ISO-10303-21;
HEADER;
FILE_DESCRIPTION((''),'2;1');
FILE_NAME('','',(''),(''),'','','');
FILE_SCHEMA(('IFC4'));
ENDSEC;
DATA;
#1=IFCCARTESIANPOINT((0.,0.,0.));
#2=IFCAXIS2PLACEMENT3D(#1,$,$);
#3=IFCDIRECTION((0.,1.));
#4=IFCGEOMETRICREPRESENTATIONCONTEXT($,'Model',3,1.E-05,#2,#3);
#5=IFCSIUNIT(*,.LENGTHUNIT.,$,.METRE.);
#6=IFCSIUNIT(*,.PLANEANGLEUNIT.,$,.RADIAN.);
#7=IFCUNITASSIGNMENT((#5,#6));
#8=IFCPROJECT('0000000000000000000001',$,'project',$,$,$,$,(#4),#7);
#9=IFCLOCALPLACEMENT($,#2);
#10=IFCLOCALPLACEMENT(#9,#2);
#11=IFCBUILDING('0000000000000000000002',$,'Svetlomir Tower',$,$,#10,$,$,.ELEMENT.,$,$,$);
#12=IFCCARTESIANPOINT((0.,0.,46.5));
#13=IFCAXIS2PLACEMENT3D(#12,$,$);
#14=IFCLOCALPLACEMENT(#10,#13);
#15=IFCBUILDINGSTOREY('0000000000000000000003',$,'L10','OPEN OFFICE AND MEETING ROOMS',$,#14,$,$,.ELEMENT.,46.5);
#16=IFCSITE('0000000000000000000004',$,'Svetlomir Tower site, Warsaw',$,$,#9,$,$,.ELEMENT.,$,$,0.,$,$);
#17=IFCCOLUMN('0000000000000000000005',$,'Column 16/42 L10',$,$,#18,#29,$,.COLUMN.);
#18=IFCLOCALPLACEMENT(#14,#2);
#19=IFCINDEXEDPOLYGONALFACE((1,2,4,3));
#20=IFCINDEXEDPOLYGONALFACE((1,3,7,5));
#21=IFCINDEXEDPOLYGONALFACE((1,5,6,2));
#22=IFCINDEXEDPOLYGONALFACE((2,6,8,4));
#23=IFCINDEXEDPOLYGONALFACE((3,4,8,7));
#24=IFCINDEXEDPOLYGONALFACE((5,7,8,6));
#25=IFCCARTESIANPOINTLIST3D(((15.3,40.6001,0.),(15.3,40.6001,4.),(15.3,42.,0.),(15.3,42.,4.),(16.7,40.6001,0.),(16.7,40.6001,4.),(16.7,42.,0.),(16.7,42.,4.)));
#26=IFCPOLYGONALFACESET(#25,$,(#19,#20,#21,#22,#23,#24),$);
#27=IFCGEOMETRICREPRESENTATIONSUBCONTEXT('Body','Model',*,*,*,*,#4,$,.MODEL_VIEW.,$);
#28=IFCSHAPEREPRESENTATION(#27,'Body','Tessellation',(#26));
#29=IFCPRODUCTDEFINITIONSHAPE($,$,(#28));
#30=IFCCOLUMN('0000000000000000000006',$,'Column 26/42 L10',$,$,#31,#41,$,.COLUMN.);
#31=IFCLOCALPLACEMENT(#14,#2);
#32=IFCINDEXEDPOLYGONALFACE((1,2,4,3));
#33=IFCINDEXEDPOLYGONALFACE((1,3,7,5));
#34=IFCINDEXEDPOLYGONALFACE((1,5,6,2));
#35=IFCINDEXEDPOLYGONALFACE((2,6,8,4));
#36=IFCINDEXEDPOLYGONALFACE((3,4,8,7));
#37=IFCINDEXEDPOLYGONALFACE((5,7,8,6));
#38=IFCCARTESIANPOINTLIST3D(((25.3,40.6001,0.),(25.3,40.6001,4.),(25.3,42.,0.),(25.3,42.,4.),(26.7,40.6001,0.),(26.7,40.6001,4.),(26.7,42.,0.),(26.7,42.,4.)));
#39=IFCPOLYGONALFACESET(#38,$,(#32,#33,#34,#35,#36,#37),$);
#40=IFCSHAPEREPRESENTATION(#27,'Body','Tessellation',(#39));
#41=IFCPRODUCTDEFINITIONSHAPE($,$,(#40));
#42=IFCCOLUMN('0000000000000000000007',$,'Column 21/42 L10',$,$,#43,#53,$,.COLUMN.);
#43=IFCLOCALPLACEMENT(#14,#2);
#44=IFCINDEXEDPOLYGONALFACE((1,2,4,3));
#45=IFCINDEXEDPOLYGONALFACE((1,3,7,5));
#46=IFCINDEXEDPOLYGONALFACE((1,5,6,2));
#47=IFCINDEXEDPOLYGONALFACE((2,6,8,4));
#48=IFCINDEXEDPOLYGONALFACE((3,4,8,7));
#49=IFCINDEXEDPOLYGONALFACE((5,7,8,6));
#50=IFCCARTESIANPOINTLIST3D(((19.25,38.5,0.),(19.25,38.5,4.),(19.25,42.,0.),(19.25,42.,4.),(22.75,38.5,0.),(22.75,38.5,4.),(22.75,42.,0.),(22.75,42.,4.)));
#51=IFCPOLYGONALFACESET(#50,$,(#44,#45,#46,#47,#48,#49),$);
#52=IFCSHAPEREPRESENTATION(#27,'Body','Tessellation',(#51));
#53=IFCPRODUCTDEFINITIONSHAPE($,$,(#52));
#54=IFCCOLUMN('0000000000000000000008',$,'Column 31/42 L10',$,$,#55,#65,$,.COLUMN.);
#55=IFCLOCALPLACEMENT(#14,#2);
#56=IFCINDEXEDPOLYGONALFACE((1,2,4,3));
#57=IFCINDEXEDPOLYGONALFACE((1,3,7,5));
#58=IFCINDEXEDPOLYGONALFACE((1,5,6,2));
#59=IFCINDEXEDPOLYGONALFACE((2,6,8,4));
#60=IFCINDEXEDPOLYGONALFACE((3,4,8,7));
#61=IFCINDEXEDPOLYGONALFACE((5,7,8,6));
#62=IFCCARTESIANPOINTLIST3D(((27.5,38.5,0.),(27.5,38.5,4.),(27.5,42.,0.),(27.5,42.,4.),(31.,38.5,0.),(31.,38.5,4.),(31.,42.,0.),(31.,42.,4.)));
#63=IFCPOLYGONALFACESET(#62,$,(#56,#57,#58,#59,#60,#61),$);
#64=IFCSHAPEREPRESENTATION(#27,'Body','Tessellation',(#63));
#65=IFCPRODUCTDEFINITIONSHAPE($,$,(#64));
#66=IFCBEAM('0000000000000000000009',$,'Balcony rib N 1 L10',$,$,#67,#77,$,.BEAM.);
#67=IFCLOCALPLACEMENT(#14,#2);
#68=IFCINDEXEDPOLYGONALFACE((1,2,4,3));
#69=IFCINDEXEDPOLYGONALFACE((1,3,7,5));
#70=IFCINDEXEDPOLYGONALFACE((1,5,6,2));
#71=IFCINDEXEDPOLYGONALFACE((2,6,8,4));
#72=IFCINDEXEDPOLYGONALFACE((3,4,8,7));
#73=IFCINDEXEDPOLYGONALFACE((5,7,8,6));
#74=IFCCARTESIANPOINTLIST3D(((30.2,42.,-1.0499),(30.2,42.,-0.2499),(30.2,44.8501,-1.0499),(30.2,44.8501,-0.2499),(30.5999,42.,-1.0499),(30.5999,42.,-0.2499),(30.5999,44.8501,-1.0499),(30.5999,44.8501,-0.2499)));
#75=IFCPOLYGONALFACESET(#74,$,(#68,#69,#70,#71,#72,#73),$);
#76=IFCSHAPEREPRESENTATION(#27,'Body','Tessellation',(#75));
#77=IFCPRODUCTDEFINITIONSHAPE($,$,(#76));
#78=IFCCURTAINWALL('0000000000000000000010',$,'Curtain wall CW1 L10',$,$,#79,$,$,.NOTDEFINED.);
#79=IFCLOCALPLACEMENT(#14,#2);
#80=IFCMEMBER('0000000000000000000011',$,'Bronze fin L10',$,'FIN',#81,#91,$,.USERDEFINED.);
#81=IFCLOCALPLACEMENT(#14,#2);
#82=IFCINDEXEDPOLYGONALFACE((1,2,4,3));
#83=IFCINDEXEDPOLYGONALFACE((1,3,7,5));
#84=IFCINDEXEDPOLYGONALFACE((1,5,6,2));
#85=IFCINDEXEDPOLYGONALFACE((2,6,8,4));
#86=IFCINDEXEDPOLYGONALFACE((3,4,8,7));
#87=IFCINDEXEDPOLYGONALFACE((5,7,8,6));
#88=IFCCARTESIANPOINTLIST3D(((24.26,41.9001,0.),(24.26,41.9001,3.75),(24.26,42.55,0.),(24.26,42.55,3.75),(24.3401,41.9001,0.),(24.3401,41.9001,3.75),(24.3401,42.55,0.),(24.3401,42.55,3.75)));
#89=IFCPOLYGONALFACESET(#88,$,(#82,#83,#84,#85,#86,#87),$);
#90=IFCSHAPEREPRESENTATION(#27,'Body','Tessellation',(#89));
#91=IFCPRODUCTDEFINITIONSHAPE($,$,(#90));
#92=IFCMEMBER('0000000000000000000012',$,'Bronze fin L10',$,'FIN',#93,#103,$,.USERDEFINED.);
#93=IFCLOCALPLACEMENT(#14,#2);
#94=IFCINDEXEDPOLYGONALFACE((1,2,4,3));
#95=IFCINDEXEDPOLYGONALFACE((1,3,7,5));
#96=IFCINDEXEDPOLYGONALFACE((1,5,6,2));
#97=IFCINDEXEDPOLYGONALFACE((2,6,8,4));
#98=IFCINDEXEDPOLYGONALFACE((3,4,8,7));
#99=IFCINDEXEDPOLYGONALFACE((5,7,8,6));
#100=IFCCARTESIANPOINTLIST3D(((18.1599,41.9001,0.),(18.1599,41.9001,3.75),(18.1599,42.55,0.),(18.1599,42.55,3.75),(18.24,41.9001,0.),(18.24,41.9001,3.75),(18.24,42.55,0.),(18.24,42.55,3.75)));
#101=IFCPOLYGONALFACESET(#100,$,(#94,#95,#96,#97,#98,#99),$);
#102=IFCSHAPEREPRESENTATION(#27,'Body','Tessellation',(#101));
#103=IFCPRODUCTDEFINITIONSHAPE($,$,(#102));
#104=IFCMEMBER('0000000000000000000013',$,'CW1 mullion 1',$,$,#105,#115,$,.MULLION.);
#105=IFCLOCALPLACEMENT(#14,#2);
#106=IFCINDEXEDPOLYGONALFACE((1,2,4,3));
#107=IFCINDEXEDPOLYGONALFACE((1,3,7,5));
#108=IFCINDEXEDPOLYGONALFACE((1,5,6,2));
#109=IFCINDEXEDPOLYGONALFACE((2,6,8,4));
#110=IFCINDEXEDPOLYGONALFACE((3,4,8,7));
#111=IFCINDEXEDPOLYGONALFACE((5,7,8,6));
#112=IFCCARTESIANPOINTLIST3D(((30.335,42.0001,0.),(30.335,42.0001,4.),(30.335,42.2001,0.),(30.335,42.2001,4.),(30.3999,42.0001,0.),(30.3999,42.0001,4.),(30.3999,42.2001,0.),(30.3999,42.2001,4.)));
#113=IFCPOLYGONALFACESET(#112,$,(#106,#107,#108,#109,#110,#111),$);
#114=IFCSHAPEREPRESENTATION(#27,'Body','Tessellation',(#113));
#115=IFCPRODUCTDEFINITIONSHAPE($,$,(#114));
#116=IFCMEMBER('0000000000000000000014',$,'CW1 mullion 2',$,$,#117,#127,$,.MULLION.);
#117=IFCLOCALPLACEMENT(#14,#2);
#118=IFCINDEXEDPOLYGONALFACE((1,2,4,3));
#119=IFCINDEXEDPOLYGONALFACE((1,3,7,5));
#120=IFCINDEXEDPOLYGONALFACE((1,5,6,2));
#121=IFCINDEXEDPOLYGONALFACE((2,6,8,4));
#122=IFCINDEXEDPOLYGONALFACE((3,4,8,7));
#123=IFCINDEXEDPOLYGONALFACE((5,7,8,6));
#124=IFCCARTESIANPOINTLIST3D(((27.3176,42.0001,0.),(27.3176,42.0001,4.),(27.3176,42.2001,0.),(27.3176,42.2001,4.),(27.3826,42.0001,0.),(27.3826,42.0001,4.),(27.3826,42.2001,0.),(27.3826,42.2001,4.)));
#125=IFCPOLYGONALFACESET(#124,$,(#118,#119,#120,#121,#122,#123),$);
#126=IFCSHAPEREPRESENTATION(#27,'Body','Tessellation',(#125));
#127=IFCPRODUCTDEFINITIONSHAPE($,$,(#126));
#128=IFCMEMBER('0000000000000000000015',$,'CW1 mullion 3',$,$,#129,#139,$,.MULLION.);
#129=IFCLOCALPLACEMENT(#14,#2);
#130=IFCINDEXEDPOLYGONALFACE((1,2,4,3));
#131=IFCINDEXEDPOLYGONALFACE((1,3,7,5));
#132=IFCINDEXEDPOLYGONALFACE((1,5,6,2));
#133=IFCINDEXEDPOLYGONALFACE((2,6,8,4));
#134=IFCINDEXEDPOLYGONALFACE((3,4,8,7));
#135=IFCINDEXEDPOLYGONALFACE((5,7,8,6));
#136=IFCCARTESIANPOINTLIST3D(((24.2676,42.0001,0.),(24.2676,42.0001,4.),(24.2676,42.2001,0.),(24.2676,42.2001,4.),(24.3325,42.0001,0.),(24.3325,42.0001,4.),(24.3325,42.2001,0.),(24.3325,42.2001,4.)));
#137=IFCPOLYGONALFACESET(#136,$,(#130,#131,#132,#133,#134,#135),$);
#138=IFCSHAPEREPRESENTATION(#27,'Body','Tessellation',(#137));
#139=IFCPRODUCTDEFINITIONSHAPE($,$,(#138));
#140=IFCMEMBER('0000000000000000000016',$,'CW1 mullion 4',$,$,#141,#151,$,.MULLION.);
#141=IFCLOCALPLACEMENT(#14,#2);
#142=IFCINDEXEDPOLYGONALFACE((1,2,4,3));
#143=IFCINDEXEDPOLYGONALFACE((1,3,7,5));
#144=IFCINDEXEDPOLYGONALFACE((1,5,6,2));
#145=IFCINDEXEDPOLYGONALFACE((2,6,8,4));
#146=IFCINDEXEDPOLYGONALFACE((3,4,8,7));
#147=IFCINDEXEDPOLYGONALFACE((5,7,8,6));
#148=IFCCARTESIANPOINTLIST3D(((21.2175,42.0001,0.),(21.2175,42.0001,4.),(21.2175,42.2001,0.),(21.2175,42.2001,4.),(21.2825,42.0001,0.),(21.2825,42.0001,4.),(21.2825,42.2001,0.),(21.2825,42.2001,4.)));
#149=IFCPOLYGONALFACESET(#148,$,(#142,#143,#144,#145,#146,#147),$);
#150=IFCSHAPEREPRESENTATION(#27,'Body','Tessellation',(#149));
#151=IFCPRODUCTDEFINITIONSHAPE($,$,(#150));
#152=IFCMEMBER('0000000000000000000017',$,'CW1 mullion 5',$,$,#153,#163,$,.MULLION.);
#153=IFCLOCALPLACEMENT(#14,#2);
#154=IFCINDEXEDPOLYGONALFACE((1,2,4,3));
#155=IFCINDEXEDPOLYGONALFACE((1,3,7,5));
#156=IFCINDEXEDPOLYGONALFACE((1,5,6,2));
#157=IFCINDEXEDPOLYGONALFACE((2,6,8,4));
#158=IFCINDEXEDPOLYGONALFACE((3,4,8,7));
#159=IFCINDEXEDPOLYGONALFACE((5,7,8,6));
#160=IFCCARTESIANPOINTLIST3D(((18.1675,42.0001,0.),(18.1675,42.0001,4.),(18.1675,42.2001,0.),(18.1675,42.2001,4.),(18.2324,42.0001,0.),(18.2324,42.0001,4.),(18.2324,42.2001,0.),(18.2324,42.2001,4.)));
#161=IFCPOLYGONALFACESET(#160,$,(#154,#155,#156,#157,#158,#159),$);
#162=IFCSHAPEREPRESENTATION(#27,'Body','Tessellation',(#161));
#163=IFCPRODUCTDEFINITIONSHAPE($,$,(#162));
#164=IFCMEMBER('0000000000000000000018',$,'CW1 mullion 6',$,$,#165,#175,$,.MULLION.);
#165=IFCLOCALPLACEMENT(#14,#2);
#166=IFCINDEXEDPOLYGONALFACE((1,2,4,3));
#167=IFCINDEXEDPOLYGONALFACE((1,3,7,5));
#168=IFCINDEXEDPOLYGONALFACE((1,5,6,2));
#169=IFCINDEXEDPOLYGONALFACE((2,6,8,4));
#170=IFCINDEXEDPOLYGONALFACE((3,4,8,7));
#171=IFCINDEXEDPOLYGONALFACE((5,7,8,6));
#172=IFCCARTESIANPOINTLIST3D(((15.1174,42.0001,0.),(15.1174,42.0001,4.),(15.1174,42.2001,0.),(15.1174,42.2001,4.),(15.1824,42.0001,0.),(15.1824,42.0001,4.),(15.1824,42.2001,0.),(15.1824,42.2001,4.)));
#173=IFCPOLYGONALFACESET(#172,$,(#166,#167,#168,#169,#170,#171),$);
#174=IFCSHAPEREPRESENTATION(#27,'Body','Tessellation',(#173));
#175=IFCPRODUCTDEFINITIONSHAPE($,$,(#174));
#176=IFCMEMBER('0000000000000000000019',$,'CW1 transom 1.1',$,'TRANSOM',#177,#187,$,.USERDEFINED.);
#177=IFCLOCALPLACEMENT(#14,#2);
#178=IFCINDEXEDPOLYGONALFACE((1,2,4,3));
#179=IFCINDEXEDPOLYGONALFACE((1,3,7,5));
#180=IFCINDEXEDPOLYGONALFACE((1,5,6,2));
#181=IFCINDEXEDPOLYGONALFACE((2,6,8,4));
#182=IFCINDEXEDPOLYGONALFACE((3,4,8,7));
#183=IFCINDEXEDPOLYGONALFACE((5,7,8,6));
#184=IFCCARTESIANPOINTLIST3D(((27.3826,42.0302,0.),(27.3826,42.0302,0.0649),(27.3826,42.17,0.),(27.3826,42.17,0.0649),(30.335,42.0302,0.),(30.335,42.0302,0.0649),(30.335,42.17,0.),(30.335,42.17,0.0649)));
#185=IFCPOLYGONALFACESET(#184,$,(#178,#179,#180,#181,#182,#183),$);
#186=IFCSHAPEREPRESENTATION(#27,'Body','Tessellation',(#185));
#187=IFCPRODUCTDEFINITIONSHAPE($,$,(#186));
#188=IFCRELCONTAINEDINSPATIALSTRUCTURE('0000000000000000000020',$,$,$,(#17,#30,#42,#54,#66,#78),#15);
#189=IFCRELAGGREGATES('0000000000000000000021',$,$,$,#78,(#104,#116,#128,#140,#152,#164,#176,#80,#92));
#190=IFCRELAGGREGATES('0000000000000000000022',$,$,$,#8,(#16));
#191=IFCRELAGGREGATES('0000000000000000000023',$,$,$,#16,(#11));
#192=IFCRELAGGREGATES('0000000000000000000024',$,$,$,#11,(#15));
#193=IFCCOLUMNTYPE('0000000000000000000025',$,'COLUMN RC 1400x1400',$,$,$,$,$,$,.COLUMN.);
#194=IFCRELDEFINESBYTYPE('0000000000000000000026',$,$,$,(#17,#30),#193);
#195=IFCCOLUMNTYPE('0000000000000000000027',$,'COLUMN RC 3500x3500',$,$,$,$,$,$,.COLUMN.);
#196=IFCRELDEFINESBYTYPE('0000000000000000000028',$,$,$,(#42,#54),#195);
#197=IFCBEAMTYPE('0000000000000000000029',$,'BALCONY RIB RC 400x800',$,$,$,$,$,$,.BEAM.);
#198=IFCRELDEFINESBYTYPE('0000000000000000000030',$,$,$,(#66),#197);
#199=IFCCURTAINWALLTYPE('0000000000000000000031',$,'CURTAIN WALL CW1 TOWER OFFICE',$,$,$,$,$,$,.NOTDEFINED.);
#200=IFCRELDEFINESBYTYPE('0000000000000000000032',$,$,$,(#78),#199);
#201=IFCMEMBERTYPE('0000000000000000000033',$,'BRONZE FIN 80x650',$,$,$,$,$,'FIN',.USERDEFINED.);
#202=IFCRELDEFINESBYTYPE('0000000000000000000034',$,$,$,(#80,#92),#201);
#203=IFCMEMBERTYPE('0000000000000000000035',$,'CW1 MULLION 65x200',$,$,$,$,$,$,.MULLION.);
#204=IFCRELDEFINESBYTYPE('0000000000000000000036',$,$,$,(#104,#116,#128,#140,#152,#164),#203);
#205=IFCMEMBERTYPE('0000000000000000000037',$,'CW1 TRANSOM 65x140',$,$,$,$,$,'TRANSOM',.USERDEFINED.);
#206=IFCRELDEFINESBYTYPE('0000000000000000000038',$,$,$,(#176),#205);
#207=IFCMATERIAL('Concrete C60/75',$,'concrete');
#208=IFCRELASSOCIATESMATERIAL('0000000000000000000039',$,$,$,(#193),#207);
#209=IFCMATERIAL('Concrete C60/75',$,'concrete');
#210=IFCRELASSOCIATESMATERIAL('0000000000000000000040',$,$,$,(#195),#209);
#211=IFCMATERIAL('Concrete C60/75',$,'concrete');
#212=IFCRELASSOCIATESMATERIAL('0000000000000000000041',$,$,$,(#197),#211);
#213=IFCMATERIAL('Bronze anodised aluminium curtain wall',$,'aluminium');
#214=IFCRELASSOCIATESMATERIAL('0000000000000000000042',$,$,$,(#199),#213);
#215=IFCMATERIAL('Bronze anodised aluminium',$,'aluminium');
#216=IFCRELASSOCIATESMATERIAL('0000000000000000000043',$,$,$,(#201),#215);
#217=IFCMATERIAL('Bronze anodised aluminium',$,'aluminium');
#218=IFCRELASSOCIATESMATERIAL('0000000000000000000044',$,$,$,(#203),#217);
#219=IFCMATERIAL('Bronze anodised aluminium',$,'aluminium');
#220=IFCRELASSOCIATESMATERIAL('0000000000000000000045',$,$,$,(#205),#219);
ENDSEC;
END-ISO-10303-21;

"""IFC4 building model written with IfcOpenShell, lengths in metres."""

from ifc_helpers import new_model, si_unit, direction, frame, origin, origin_2d, place, context, subcontext, project, spatial, rectangle, extrude, material, material_profile, profile_set, type_object, element, aggregate, save


model = new_model("IFC4")

# Units and contexts
model_context = context("Model", 3, precision=1e-05, world=origin(), true_north=direction((0.0, 1.0)))
body_context = subcontext(model_context, "Body", "Model", "MODEL_VIEW")
ifc_project = project(units=[si_unit("LENGTHUNIT", "METRE"), si_unit("PLANEANGLEUNIT", "RADIAN")], contexts=[model_context])

# Site, building, storey
site_placement = place(None, origin())
site = spatial("IfcSite", under=ifc_project, at=site_placement, Name="Svetlomir Tower site, Warsaw", CompositionType="ELEMENT", RefElevation=0.0)
building_placement = place(site_placement, origin())
building = spatial("IfcBuilding", under=site, at=building_placement, Name="Svetlomir Tower", CompositionType="ELEMENT")
storey_placement = place(building_placement, frame((0.0, 0.0, 46.5)))
storey = spatial("IfcBuildingStorey", under=building, at=storey_placement, Name="L10", Description="OPEN OFFICE AND MEETING ROOMS", CompositionType="ELEMENT", Elevation=46.5)

# Columns
ifc_material_1 = material(Name="Concrete C60/75", Category="concrete")
ifc_material_profile_1 = material_profile(ifc_material_1, rectangle(XDim=1.3999, YDim=1.3999, at=origin_2d()), Name="RC 1400x1400")
ifc_profile_set_1 = profile_set([ifc_material_profile_1], Name="Concrete C60/75")
column_type_1 = type_object("IfcColumnType", Name="COLUMN RC 1400x1400", PredefinedType="COLUMN", material=ifc_profile_set_1)
for number, where, z_axis, x_axis, name in (
    (1, (16.0, 41.3, 0.0), (0.0, 0.0, 1.0), (1.0, 0.0, 0.0), "Column 16/42 L10"),
    (2, (26.0, 41.3, 0.0), (0.0, 0.0, 1.0), (1.0, 0.0, 0.0), "Column 26/42 L10"),
):
    element("IfcColumn", number, at=place(storey_placement, frame(where, z_axis=z_axis, x_axis=x_axis)), inside=storey, type_object=column_type_1, Name=name, PredefinedType="COLUMN", context=body_context, shape_type="SweptSolid", body=[
        extrude(rectangle(XDim=1.3999, YDim=1.3999, at=origin_2d()), origin(), (0.0, 0.0, 1.0), 4.0),
    ])
ifc_material_2 = material(Name="Concrete C60/75", Category="concrete")
ifc_material_profile_2 = material_profile(ifc_material_2, rectangle(XDim=3.5, YDim=3.5, at=origin_2d()), Name="RC 3500x3500")
ifc_profile_set_2 = profile_set([ifc_material_profile_2], Name="Concrete C60/75")
column_type_2 = type_object("IfcColumnType", Name="COLUMN RC 3500x3500", PredefinedType="COLUMN", material=ifc_profile_set_2)
for number, where, z_axis, x_axis, name in (
    (3, (21.0, 40.25, 0.0), (0.0, 0.0, 1.0), (1.0, 0.0, 0.0), "Column 21/42 L10"),
    (4, (29.25, 40.25, 0.0), (0.0, 0.0, 1.0), (1.0, 0.0, 0.0), "Column 31/42 L10"),
):
    element("IfcColumn", number, at=place(storey_placement, frame(where, z_axis=z_axis, x_axis=x_axis)), inside=storey, type_object=column_type_2, Name=name, PredefinedType="COLUMN", context=body_context, shape_type="SweptSolid", body=[
        extrude(rectangle(XDim=3.5, YDim=3.5, at=origin_2d()), origin(), (0.0, 0.0, 1.0), 4.0),
    ])

# Beam
ifc_material_3 = material(Name="Concrete C60/75", Category="concrete")
ifc_material_profile_3 = material_profile(ifc_material_3, rectangle(XDim=0.3999, YDim=0.8, at=origin_2d()), Name="RC 400x800")
ifc_profile_set_3 = profile_set([ifc_material_profile_3], Name="Concrete C60/75")
beam_type_1 = type_object("IfcBeamType", Name="BALCONY RIB RC 400x800", PredefinedType="BEAM", material=ifc_profile_set_3)
beam_1_placement = place(storey_placement, frame((30.3999, 42.0, -0.6499), z_axis=(0.0, 1.0, 0.0), x_axis=(-1.0, 0.0, 0.0)))
element("IfcBeam", 5, at=beam_1_placement, inside=storey, type_object=beam_type_1, Name="Balcony rib N 1 L10", PredefinedType="BEAM", context=body_context, shape_type="SweptSolid", body=[
    extrude(rectangle(XDim=0.3999, YDim=0.8, at=origin_2d()), origin(), (0.0, 0.0, 1.0), 2.8501),
])

# Curtain wall, members
ifc_material_4 = material(Name="Bronze anodised aluminium curtain wall", Category="aluminium")
curtain_wall_type = type_object("IfcCurtainWallType", Name="CURTAIN WALL CW1 TOWER OFFICE", PredefinedType="NOTDEFINED", material=ifc_material_4)
curtain_wall_placement = place(storey_placement, origin())
curtain_wall = element("IfcCurtainWall", 6, at=curtain_wall_placement, inside=storey, type_object=curtain_wall_type, Name="Curtain wall CW1 L10", PredefinedType="NOTDEFINED")
ifc_material_5 = material(Name="Bronze anodised aluminium", Category="aluminium")
ifc_material_profile_4 = material_profile(ifc_material_5, rectangle(XDim=0.0801, YDim=0.6499, at=origin_2d()), Name="FIN 80x650")
ifc_profile_set_4 = profile_set([ifc_material_profile_4], Name="Bronze anodised aluminium 6063-T6")
member_type_1 = type_object("IfcMemberType", Name="BRONZE FIN 80x650", ElementType="FIN", PredefinedType="USERDEFINED", material=ifc_profile_set_4)
member_1_placement = place(storey_placement, frame((24.3, 42.2251, 0.0), z_axis=(0.0, 0.0, 1.0), x_axis=(1.0, 0.0, 0.0)))
member_1 = element("IfcMember", 7, at=member_1_placement, type_object=member_type_1, Name="Bronze fin L10", ObjectType="FIN", PredefinedType="USERDEFINED", context=body_context, shape_type="SweptSolid", body=[
    extrude(rectangle(XDim=0.0801, YDim=0.6499, at=origin_2d()), origin(), (0.0, 0.0, 1.0), 3.75),
])
member_2_placement = place(storey_placement, frame((18.2, 42.2251, 0.0), z_axis=(0.0, 0.0, 1.0), x_axis=(1.0, 0.0, 0.0)))
member_2 = element("IfcMember", 8, at=member_2_placement, type_object=member_type_1, Name="Bronze fin L10", ObjectType="FIN", PredefinedType="USERDEFINED", context=body_context, shape_type="SweptSolid", body=[
    extrude(rectangle(XDim=0.0801, YDim=0.6499, at=origin_2d()), origin(), (0.0, 0.0, 1.0), 3.75),
])
ifc_material_6 = material(Name="Bronze anodised aluminium", Category="aluminium")
ifc_material_profile_5 = material_profile(ifc_material_6, rectangle(XDim=0.0649, YDim=0.2, at=origin_2d()), Name="AL 65x200")
ifc_profile_set_5 = profile_set([ifc_material_profile_5], Name="Bronze anodised aluminium 6063-T6")
member_type_2 = type_object("IfcMemberType", Name="CW1 MULLION 65x200", PredefinedType="MULLION", material=ifc_profile_set_5)
member_3_placement = place(storey_placement, frame((30.3674, 42.1001, 0.0), z_axis=(0.0, 0.0, 1.0), x_axis=(-1.0, 0.0, 0.0)))
member_3 = element("IfcMember", 9, at=member_3_placement, type_object=member_type_2, Name="CW1 mullion 1", PredefinedType="MULLION", context=body_context, shape_type="SweptSolid", body=[
    extrude(rectangle(XDim=0.0649, YDim=0.2, at=origin_2d()), origin(), (0.0, 0.0, 1.0), 4.0),
])
member_4_placement = place(storey_placement, frame((27.3501, 42.1001, 0.0), z_axis=(0.0, 0.0, 1.0), x_axis=(-1.0, 0.0, 0.0)))
member_4 = element("IfcMember", 10, at=member_4_placement, type_object=member_type_2, Name="CW1 mullion 2", PredefinedType="MULLION", context=body_context, shape_type="SweptSolid", body=[
    extrude(rectangle(XDim=0.0649, YDim=0.2, at=origin_2d()), origin(), (0.0, 0.0, 1.0), 4.0),
])
member_5_placement = place(storey_placement, frame((24.3, 42.1001, 0.0), z_axis=(0.0, 0.0, 1.0), x_axis=(-1.0, 0.0, 0.0)))
member_5 = element("IfcMember", 11, at=member_5_placement, type_object=member_type_2, Name="CW1 mullion 3", PredefinedType="MULLION", context=body_context, shape_type="SweptSolid", body=[
    extrude(rectangle(XDim=0.0649, YDim=0.2, at=origin_2d()), origin(), (0.0, 0.0, 1.0), 4.0),
])
member_6_placement = place(storey_placement, frame((21.25, 42.1001, 0.0), z_axis=(0.0, 0.0, 1.0), x_axis=(-1.0, 0.0, 0.0)))
member_6 = element("IfcMember", 12, at=member_6_placement, type_object=member_type_2, Name="CW1 mullion 4", PredefinedType="MULLION", context=body_context, shape_type="SweptSolid", body=[
    extrude(rectangle(XDim=0.0649, YDim=0.2, at=origin_2d()), origin(), (0.0, 0.0, 1.0), 4.0),
])
member_7_placement = place(storey_placement, frame((18.2, 42.1001, 0.0), z_axis=(0.0, 0.0, 1.0), x_axis=(-1.0, 0.0, 0.0)))
member_7 = element("IfcMember", 13, at=member_7_placement, type_object=member_type_2, Name="CW1 mullion 5", PredefinedType="MULLION", context=body_context, shape_type="SweptSolid", body=[
    extrude(rectangle(XDim=0.0649, YDim=0.2, at=origin_2d()), origin(), (0.0, 0.0, 1.0), 4.0),
])
member_8_placement = place(storey_placement, frame((15.1499, 42.1001, 0.0), z_axis=(0.0, 0.0, 1.0), x_axis=(-1.0, 0.0, 0.0)))
member_8 = element("IfcMember", 14, at=member_8_placement, type_object=member_type_2, Name="CW1 mullion 6", PredefinedType="MULLION", context=body_context, shape_type="SweptSolid", body=[
    extrude(rectangle(XDim=0.0649, YDim=0.2, at=origin_2d()), origin(), (0.0, 0.0, 1.0), 4.0),
])
ifc_material_7 = material(Name="Bronze anodised aluminium", Category="aluminium")
ifc_material_profile_6 = material_profile(ifc_material_7, rectangle(XDim=0.1399, YDim=0.0649, at=origin_2d()), Name="AL 140x65")
ifc_profile_set_6 = profile_set([ifc_material_profile_6], Name="Bronze anodised aluminium 6063-T6")
member_type_3 = type_object("IfcMemberType", Name="CW1 TRANSOM 65x140", ElementType="TRANSOM", PredefinedType="USERDEFINED", material=ifc_profile_set_6)
member_9_placement = place(storey_placement, frame((30.335, 42.1001, 0.0325), z_axis=(-1.0, 0.0, 0.0), x_axis=(0.0, -1.0, 0.0)))
member_9 = element("IfcMember", 15, at=member_9_placement, type_object=member_type_3, Name="CW1 transom 1.1", ObjectType="TRANSOM", PredefinedType="USERDEFINED", context=body_context, shape_type="SweptSolid", body=[
    extrude(rectangle(XDim=0.1399, YDim=0.0649, at=origin_2d()), origin(), (0.0, 0.0, 1.0), 2.9524),
])

aggregate(curtain_wall, [member_3, member_4, member_5, member_6, member_7, member_8, member_9, member_1, member_2])

save(model, "model.ifc")
